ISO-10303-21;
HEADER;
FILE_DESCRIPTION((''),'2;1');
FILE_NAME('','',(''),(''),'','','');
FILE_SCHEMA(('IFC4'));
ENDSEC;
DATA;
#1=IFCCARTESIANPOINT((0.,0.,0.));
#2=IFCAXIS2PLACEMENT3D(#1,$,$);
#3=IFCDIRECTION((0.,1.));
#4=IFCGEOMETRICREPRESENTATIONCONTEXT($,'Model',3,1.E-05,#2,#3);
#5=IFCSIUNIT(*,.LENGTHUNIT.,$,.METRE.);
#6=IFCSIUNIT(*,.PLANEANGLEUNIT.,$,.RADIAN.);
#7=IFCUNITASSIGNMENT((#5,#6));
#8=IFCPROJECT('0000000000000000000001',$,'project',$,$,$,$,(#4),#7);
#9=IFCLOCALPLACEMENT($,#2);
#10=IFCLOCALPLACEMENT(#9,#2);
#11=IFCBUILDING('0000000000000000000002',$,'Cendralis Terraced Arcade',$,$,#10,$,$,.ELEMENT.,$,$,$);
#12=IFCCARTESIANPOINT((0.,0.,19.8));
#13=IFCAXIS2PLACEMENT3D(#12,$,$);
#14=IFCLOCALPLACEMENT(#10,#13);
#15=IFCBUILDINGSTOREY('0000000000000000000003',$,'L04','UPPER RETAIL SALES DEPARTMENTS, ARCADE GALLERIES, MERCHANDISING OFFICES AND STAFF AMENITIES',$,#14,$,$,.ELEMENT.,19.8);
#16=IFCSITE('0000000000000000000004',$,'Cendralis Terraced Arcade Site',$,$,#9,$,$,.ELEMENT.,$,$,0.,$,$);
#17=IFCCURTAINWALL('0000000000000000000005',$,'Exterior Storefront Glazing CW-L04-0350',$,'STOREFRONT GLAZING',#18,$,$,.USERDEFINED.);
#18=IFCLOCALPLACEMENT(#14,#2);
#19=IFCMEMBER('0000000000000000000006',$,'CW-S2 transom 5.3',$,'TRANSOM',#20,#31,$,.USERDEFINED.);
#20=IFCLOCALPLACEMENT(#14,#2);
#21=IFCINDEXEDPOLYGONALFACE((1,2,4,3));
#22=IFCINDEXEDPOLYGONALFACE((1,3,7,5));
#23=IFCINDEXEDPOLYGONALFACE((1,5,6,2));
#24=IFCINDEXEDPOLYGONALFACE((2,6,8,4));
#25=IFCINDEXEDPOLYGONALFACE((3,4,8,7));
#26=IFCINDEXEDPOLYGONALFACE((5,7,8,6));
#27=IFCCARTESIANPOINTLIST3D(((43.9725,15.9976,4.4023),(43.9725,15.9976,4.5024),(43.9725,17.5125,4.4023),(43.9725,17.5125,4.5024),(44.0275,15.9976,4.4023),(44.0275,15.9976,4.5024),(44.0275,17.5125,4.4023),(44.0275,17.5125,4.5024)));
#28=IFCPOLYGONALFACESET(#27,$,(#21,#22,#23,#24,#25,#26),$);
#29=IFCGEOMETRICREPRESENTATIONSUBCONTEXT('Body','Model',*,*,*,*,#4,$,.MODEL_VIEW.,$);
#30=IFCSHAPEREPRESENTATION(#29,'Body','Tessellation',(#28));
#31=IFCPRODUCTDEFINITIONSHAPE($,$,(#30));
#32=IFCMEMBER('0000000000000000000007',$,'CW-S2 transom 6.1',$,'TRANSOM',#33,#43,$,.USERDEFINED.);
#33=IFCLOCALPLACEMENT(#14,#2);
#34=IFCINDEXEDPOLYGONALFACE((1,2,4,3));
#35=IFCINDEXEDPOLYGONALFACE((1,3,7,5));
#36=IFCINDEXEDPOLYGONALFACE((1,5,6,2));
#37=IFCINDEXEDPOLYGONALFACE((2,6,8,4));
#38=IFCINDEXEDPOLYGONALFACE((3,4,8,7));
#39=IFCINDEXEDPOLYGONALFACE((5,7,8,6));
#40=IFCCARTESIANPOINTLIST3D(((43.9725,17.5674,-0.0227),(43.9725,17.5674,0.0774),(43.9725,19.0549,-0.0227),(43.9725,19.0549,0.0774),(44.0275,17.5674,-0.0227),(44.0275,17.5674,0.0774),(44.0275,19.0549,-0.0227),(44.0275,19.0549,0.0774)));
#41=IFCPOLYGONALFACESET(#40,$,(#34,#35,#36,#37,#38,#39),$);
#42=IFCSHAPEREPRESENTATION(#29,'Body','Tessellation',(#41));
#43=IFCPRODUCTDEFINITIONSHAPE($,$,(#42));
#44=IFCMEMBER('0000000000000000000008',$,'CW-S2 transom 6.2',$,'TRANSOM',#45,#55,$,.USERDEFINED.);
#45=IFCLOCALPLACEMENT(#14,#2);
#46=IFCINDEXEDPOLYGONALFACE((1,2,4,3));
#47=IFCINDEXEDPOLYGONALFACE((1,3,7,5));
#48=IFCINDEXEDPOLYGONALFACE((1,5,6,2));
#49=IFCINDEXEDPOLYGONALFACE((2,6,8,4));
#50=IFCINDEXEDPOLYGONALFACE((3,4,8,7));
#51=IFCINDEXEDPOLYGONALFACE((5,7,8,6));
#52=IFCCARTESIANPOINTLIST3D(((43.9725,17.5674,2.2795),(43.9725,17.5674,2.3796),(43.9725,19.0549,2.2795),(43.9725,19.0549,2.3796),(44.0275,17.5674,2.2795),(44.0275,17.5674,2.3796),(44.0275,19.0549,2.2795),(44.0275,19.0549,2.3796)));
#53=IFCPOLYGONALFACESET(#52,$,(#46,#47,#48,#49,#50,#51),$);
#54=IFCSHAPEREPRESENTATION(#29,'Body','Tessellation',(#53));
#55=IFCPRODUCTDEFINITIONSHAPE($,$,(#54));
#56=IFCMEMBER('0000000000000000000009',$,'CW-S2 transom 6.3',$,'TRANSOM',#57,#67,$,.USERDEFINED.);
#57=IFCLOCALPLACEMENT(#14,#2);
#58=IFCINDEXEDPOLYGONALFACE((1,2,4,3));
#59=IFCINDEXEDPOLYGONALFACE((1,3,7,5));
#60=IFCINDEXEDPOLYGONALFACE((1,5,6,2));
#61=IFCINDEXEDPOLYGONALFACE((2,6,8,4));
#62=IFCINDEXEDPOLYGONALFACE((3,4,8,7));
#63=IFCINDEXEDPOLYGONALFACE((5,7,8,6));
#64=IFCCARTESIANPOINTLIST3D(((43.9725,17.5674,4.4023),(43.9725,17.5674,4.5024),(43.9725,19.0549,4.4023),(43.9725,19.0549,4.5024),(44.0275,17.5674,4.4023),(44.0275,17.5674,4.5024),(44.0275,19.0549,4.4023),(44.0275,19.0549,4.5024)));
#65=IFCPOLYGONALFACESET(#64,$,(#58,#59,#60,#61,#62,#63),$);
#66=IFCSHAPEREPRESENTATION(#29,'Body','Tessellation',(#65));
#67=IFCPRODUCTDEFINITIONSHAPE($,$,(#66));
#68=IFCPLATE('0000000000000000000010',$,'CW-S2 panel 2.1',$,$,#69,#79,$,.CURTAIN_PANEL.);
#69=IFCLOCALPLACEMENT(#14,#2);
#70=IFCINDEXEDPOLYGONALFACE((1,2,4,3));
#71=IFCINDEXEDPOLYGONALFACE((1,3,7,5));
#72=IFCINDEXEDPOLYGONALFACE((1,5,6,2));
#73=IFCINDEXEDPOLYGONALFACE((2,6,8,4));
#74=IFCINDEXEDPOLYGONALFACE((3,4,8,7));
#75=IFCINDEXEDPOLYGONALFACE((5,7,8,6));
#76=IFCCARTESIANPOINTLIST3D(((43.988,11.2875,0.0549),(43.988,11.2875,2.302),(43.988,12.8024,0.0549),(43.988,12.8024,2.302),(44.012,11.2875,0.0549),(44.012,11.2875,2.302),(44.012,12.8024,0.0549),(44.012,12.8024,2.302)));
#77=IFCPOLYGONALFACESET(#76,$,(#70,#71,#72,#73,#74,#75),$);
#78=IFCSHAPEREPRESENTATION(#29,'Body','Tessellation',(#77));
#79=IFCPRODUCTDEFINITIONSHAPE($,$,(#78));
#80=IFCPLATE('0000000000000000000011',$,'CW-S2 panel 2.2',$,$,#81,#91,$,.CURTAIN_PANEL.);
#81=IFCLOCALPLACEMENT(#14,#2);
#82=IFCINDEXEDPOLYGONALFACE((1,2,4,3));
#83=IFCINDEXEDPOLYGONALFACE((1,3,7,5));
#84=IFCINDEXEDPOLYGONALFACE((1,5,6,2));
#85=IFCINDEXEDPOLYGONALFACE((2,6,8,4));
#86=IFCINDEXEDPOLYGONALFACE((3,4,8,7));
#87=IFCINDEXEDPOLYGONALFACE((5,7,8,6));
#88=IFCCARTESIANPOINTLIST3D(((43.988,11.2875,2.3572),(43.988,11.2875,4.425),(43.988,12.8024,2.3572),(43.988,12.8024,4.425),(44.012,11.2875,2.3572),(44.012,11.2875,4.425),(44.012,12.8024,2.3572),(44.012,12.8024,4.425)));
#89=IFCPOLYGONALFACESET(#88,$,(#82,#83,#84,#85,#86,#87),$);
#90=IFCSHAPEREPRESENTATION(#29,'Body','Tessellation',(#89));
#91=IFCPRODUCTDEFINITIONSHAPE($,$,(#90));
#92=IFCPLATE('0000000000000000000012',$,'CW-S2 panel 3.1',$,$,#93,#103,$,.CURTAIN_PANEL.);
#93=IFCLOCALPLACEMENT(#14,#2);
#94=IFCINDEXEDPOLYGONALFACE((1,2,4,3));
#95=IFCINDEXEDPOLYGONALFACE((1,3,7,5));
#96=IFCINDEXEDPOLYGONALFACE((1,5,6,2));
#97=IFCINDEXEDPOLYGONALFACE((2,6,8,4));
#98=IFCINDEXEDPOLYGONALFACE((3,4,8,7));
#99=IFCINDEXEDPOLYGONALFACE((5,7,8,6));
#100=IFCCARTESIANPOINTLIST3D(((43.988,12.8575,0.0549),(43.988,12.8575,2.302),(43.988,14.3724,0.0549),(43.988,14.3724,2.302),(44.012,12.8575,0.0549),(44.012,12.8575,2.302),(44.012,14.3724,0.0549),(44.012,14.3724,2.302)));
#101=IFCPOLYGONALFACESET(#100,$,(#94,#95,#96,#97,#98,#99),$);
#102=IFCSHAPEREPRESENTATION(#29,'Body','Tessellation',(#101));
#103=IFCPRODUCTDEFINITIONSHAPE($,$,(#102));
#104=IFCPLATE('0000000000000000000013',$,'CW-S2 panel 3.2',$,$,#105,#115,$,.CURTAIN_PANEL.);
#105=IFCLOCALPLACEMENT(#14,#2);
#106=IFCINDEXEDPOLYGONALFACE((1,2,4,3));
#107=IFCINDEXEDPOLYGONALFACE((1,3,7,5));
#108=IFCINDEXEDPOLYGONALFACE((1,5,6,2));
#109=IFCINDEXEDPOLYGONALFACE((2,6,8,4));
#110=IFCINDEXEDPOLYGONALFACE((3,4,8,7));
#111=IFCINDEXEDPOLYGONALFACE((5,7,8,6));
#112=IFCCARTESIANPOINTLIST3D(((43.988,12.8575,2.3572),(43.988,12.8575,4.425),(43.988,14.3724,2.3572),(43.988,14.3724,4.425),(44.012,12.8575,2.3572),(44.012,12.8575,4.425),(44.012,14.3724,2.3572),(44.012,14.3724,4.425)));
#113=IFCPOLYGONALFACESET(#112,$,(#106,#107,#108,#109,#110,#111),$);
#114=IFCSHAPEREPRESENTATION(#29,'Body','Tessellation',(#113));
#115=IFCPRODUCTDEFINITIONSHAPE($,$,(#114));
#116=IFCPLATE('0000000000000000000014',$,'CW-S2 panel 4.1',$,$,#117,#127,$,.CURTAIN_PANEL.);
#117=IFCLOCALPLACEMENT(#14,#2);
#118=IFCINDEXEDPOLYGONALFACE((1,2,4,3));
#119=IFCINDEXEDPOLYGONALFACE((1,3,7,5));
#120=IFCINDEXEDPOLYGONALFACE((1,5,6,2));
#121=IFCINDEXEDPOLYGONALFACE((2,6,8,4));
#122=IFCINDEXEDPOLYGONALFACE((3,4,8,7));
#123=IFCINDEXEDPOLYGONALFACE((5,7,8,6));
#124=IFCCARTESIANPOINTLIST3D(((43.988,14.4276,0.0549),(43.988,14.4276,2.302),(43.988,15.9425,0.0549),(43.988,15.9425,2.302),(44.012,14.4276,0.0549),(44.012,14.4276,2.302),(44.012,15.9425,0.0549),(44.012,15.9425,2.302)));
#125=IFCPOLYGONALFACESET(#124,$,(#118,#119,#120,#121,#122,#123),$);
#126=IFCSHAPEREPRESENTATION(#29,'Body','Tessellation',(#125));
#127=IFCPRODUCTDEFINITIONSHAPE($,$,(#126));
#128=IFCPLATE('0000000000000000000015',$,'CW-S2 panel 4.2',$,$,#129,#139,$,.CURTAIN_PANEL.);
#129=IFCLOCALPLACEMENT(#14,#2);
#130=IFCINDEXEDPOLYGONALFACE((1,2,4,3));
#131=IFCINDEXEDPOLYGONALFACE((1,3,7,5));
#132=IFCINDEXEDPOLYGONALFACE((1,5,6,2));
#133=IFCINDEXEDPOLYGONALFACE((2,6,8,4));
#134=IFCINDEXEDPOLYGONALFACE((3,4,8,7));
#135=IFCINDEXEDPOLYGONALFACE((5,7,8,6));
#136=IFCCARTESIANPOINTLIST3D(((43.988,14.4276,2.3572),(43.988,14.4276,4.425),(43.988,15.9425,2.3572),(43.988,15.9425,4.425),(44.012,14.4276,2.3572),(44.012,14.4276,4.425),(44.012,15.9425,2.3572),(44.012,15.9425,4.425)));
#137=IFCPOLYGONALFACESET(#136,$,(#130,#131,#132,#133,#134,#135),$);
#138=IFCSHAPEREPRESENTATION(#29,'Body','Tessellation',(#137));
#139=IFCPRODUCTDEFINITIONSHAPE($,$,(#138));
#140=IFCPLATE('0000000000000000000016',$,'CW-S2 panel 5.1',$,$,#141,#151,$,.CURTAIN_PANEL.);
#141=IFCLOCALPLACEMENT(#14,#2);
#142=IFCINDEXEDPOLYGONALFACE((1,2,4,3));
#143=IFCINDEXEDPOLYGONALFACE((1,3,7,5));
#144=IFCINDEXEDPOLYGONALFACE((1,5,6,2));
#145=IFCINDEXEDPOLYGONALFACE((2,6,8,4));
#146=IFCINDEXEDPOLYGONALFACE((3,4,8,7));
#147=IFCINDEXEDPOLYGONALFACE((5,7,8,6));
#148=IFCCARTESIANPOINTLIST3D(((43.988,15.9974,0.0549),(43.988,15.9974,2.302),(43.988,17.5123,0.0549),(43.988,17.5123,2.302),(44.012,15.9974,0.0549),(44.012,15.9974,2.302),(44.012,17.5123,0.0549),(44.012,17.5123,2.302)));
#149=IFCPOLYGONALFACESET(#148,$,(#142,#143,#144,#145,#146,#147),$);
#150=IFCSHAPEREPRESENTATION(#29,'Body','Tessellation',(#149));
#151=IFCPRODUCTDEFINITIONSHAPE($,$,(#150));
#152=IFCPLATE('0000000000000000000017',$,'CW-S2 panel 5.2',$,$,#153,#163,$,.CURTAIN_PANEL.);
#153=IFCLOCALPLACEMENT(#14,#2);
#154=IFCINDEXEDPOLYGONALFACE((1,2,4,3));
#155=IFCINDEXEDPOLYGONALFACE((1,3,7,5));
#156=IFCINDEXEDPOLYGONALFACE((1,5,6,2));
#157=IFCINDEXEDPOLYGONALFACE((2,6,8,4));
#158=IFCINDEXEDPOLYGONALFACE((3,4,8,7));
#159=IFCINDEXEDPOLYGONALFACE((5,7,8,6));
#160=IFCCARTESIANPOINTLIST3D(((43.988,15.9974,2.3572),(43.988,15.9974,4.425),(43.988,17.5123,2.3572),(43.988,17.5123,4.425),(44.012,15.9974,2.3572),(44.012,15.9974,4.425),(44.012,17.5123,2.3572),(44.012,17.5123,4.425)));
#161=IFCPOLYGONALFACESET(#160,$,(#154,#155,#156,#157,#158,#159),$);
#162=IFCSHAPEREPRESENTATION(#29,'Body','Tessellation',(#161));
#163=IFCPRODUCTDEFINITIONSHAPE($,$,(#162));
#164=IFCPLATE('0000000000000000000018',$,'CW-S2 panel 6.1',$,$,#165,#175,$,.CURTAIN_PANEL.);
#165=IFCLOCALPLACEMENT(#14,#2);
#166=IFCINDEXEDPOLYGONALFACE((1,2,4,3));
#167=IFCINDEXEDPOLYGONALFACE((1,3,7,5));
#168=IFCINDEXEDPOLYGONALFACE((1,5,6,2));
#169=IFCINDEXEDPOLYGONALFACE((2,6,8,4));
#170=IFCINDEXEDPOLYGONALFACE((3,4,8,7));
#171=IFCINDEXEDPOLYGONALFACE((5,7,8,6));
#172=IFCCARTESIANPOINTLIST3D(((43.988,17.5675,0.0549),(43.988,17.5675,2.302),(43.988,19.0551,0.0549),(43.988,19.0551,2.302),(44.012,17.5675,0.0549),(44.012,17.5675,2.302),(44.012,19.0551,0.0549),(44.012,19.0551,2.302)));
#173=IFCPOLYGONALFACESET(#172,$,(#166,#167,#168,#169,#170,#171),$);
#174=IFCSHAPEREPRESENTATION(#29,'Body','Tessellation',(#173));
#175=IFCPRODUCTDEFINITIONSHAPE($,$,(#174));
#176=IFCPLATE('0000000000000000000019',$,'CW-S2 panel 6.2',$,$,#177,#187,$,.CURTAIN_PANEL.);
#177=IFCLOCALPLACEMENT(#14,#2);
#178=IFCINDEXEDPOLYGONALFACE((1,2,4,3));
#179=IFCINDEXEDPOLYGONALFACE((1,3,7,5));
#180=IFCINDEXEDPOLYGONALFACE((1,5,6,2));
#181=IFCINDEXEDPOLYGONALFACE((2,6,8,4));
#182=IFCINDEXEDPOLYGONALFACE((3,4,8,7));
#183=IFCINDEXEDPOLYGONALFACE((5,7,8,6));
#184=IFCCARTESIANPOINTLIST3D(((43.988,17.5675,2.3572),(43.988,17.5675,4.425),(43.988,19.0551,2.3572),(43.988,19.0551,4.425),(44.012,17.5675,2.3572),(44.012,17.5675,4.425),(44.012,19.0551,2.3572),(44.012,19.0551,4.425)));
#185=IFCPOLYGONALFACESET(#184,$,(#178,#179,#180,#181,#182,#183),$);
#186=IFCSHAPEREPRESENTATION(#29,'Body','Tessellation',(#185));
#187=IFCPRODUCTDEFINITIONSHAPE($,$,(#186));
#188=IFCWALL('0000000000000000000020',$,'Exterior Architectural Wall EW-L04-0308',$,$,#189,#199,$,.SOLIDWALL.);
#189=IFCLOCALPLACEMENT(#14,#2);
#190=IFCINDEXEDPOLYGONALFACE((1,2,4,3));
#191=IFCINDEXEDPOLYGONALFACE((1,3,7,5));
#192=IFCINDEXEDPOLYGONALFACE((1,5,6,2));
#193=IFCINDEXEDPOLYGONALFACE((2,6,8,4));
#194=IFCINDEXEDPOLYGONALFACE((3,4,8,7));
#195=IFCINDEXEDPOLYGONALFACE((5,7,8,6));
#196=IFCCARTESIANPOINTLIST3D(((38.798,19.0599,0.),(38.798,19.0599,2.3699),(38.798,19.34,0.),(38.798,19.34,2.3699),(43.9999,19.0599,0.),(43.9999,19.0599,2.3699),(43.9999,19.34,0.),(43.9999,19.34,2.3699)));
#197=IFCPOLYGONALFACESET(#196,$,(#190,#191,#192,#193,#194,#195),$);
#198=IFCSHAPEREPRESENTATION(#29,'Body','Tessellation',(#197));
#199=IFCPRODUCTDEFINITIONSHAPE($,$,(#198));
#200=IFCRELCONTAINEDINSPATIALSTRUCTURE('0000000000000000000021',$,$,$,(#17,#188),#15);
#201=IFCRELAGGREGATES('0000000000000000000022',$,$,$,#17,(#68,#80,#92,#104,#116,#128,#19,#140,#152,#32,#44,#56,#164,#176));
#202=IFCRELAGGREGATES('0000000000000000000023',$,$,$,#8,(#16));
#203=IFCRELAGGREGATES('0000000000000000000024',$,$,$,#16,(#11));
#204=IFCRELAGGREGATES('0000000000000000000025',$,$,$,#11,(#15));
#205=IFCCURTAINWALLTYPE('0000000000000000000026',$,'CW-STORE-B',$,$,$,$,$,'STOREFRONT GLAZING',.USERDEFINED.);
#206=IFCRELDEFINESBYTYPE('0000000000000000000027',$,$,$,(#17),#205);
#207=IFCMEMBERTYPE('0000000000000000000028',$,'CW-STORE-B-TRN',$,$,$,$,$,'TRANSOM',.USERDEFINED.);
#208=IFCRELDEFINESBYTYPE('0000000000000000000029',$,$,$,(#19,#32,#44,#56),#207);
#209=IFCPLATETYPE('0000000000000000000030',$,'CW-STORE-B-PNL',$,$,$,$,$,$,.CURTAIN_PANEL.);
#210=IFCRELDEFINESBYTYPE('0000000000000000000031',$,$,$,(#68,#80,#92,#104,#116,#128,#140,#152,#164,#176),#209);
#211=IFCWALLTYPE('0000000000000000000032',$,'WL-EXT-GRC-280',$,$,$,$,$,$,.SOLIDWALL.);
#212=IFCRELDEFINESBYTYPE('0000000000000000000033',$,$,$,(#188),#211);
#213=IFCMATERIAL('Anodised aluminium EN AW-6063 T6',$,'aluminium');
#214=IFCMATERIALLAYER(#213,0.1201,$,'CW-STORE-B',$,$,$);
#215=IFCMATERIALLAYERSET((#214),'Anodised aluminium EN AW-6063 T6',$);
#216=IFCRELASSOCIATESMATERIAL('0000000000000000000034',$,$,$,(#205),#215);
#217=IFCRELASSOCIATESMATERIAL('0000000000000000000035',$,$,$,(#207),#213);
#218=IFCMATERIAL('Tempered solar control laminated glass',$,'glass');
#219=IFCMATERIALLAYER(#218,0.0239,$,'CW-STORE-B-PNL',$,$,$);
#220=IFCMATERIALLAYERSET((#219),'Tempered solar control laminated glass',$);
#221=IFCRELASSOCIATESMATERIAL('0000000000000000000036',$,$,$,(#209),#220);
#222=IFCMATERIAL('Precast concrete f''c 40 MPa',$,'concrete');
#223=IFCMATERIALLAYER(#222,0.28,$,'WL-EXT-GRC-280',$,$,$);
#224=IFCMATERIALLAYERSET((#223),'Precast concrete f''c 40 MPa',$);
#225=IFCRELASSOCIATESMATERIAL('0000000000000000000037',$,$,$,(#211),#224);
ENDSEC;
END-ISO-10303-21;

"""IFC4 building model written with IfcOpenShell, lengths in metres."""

from ifc_helpers import new_model, si_unit, direction, frame, frame_2d, origin, origin_2d, place, context, subcontext, project, spatial, rectangle, extrude, material, layer, layer_set, material_profile, profile_set, type_object, element, aggregate, save


model = new_model("IFC4")

# Units and contexts
model_context = context("Model", 3, precision=1e-05, world=origin(), true_north=direction((0.0, 1.0)))
body_context = subcontext(model_context, "Body", "Model", "MODEL_VIEW")
ifc_project = project(units=[si_unit("LENGTHUNIT", "METRE"), si_unit("PLANEANGLEUNIT", "RADIAN")], contexts=[model_context])

# Site, building, storey
site_placement = place(None, origin())
site = spatial("IfcSite", under=ifc_project, at=site_placement, Name="Cendralis Terraced Arcade Site", CompositionType="ELEMENT", RefElevation=0.0)
building_placement = place(site_placement, origin())
building = spatial("IfcBuilding", under=site, at=building_placement, Name="Cendralis Terraced Arcade", CompositionType="ELEMENT")
storey_placement = place(building_placement, frame((0.0, 0.0, 19.8)))
storey = spatial("IfcBuildingStorey", under=building, at=storey_placement, Name="L04", Description="UPPER RETAIL SALES DEPARTMENTS, ARCADE GALLERIES, MERCHANDISING OFFICES AND STAFF AMENITIES", CompositionType="ELEMENT", Elevation=19.8)

# Curtain wall, members, plates
ifc_material_1 = material(Name="Anodised aluminium EN AW-6063 T6", Category="aluminium")
ifc_layer_1 = layer(ifc_material_1, 0.1201, Name="CW-STORE-B")
ifc_layer_set_1 = layer_set([ifc_layer_1], Name="Anodised aluminium EN AW-6063 T6")
curtain_wall_type = type_object("IfcCurtainWallType", Name="CW-STORE-B", ElementType="STOREFRONT GLAZING", PredefinedType="USERDEFINED", material=ifc_layer_set_1)
curtain_wall_placement = place(storey_placement, origin())
curtain_wall = element("IfcCurtainWall", 1, at=curtain_wall_placement, inside=storey, type_object=curtain_wall_type, Name="Exterior Storefront Glazing CW-L04-0350", ObjectType="STOREFRONT GLAZING", PredefinedType="USERDEFINED")
ifc_material_profile_1 = material_profile(ifc_material_1, rectangle(XDim=0.0549, YDim=0.1001, at=origin_2d()), Name="ALU-TRN-55x100")
ifc_profile_set_1 = profile_set([ifc_material_profile_1], Name="Anodised aluminium EN AW-6063 T6")
member_type_1 = type_object("IfcMemberType", Name="CW-STORE-B-TRN", ElementType="TRANSOM", PredefinedType="USERDEFINED", material=ifc_profile_set_1)
member_1_placement = place(storey_placement, frame((44.0, 15.9976, 4.4524), z_axis=(0.0, 1.0, 0.0), x_axis=(-1.0, 0.0, 0.0)))
member_1 = element("IfcMember", 2, at=member_1_placement, type_object=member_type_1, Name="CW-S2 transom 5.3", ObjectType="TRANSOM", PredefinedType="USERDEFINED", context=body_context, shape_type="SweptSolid", body=[
    extrude(rectangle(XDim=0.0549, YDim=0.1001, at=origin_2d()), origin(), (0.0, 0.0, 1.0), 1.5149),
])
member_2_placement = place(storey_placement, frame((44.0, 17.5674, 0.0273), z_axis=(0.0, 1.0, 0.0), x_axis=(-1.0, 0.0, 0.0)))
member_2 = element("IfcMember", 3, at=member_2_placement, type_object=member_type_1, Name="CW-S2 transom 6.1", ObjectType="TRANSOM", PredefinedType="USERDEFINED", context=body_context, shape_type="SweptSolid", body=[
    extrude(rectangle(XDim=0.0549, YDim=0.1001, at=origin_2d()), origin(), (0.0, 0.0, 1.0), 1.4875),
])
member_3_placement = place(storey_placement, frame((44.0, 17.5674, 2.3296), z_axis=(0.0, 1.0, 0.0), x_axis=(-1.0, 0.0, 0.0)))
member_3 = element("IfcMember", 4, at=member_3_placement, type_object=member_type_1, Name="CW-S2 transom 6.2", ObjectType="TRANSOM", PredefinedType="USERDEFINED", context=body_context, shape_type="SweptSolid", body=[
    extrude(rectangle(XDim=0.0549, YDim=0.1001, at=origin_2d()), origin(), (0.0, 0.0, 1.0), 1.4875),
])
member_4_placement = place(storey_placement, frame((44.0, 17.5674, 4.4524), z_axis=(0.0, 1.0, 0.0), x_axis=(-1.0, 0.0, 0.0)))
member_4 = element("IfcMember", 5, at=member_4_placement, type_object=member_type_1, Name="CW-S2 transom 6.3", ObjectType="TRANSOM", PredefinedType="USERDEFINED", context=body_context, shape_type="SweptSolid", body=[
    extrude(rectangle(XDim=0.0549, YDim=0.1001, at=origin_2d()), origin(), (0.0, 0.0, 1.0), 1.4875),
])
ifc_material_2 = material(Name="Tempered solar control laminated glass", Category="glass")
ifc_layer_2 = layer(ifc_material_2, 0.0239, Name="CW-STORE-B-PNL")
ifc_layer_set_2 = layer_set([ifc_layer_2], Name="Tempered solar control laminated glass")
plate_type = type_object("IfcPlateType", Name="CW-STORE-B-PNL", PredefinedType="CURTAIN_PANEL", material=ifc_layer_set_2)
plate_1_placement = place(storey_placement, frame((44.0, 12.0449, 0.0549), z_axis=(0.0, 0.0, 1.0), x_axis=(0.0, 1.0, 0.0)))
plate_1 = element("IfcPlate", 6, at=plate_1_placement, type_object=plate_type, Name="CW-S2 panel 2.1", PredefinedType="CURTAIN_PANEL", context=body_context, shape_type="SweptSolid", body=[
    extrude(rectangle(XDim=1.5149, YDim=0.0239, at=origin_2d()), origin(), (0.0, 0.0, 1.0), 2.2471),
])
plate_2_placement = place(storey_placement, frame((44.0, 12.0449, 2.3572), z_axis=(0.0, 0.0, 1.0), x_axis=(0.0, 1.0, 0.0)))
plate_2 = element("IfcPlate", 7, at=plate_2_placement, type_object=plate_type, Name="CW-S2 panel 2.2", PredefinedType="CURTAIN_PANEL", context=body_context, shape_type="SweptSolid", body=[
    extrude(rectangle(XDim=1.5149, YDim=0.0239, at=origin_2d()), origin(), (0.0, 0.0, 1.0), 2.0679),
])
plate_3_placement = place(storey_placement, frame((44.0, 13.615, 0.0549), z_axis=(0.0, 0.0, 1.0), x_axis=(0.0, 1.0, 0.0)))
plate_3 = element("IfcPlate", 8, at=plate_3_placement, type_object=plate_type, Name="CW-S2 panel 3.1", PredefinedType="CURTAIN_PANEL", context=body_context, shape_type="SweptSolid", body=[
    extrude(rectangle(XDim=1.5149, YDim=0.0239, at=origin_2d()), origin(), (0.0, 0.0, 1.0), 2.2471),
])
plate_4_placement = place(storey_placement, frame((44.0, 13.615, 2.3572), z_axis=(0.0, 0.0, 1.0), x_axis=(0.0, 1.0, 0.0)))
plate_4 = element("IfcPlate", 9, at=plate_4_placement, type_object=plate_type, Name="CW-S2 panel 3.2", PredefinedType="CURTAIN_PANEL", context=body_context, shape_type="SweptSolid", body=[
    extrude(rectangle(XDim=1.5149, YDim=0.0239, at=origin_2d()), origin(), (0.0, 0.0, 1.0), 2.0679),
])
plate_5_placement = place(storey_placement, frame((44.0, 15.1851, 0.0549), z_axis=(0.0, 0.0, 1.0), x_axis=(0.0, 1.0, 0.0)))
plate_5 = element("IfcPlate", 10, at=plate_5_placement, type_object=plate_type, Name="CW-S2 panel 4.1", PredefinedType="CURTAIN_PANEL", context=body_context, shape_type="SweptSolid", body=[
    extrude(rectangle(XDim=1.5149, YDim=0.0239, at=origin_2d()), origin(), (0.0, 0.0, 1.0), 2.2471),
])
plate_6_placement = place(storey_placement, frame((44.0, 15.1851, 2.3572), z_axis=(0.0, 0.0, 1.0), x_axis=(0.0, 1.0, 0.0)))
plate_6 = element("IfcPlate", 11, at=plate_6_placement, type_object=plate_type, Name="CW-S2 panel 4.2", PredefinedType="CURTAIN_PANEL", context=body_context, shape_type="SweptSolid", body=[
    extrude(rectangle(XDim=1.5149, YDim=0.0239, at=origin_2d()), origin(), (0.0, 0.0, 1.0), 2.0679),
])
plate_7_placement = place(storey_placement, frame((44.0, 16.7549, 0.0549), z_axis=(0.0, 0.0, 1.0), x_axis=(0.0, 1.0, 0.0)))
plate_7 = element("IfcPlate", 12, at=plate_7_placement, type_object=plate_type, Name="CW-S2 panel 5.1", PredefinedType="CURTAIN_PANEL", context=body_context, shape_type="SweptSolid", body=[
    extrude(rectangle(XDim=1.5149, YDim=0.0239, at=origin_2d()), origin(), (0.0, 0.0, 1.0), 2.2471),
])
plate_8_placement = place(storey_placement, frame((44.0, 16.7549, 2.3572), z_axis=(0.0, 0.0, 1.0), x_axis=(0.0, 1.0, 0.0)))
plate_8 = element("IfcPlate", 13, at=plate_8_placement, type_object=plate_type, Name="CW-S2 panel 5.2", PredefinedType="CURTAIN_PANEL", context=body_context, shape_type="SweptSolid", body=[
    extrude(rectangle(XDim=1.5149, YDim=0.0239, at=origin_2d()), origin(), (0.0, 0.0, 1.0), 2.0679),
])
plate_9_placement = place(storey_placement, frame((44.0, 18.3113, 0.0549), z_axis=(0.0, 0.0, 1.0), x_axis=(0.0, 1.0, 0.0)))
plate_9 = element("IfcPlate", 14, at=plate_9_placement, type_object=plate_type, Name="CW-S2 panel 6.1", PredefinedType="CURTAIN_PANEL", context=body_context, shape_type="SweptSolid", body=[
    extrude(rectangle(XDim=1.4875, YDim=0.0239, at=origin_2d()), origin(), (0.0, 0.0, 1.0), 2.2471),
])
plate_10_placement = place(storey_placement, frame((44.0, 18.3113, 2.3572), z_axis=(0.0, 0.0, 1.0), x_axis=(0.0, 1.0, 0.0)))
plate_10 = element("IfcPlate", 15, at=plate_10_placement, type_object=plate_type, Name="CW-S2 panel 6.2", PredefinedType="CURTAIN_PANEL", context=body_context, shape_type="SweptSolid", body=[
    extrude(rectangle(XDim=1.4875, YDim=0.0239, at=origin_2d()), origin(), (0.0, 0.0, 1.0), 2.0679),
])
aggregate(curtain_wall, [plate_1, plate_2, plate_3, plate_4, plate_5, plate_6, member_1, plate_7, plate_8, member_2, member_3, member_4, plate_9, plate_10])

# Wall
ifc_material_3 = material(Name="Precast concrete f'c 40 MPa", Category="concrete")
ifc_layer_3 = layer(ifc_material_3, 0.28, Name="WL-EXT-GRC-280")
ifc_layer_set_3 = layer_set([ifc_layer_3], Name="Precast concrete f'c 40 MPa")
wall_type = type_object("IfcWallType", Name="WL-EXT-GRC-280", PredefinedType="SOLIDWALL", material=ifc_layer_set_3)
wall_1_placement = place(storey_placement, frame((44.0, 19.2, 0.0), z_axis=(0.0, 0.0, 1.0), x_axis=(-1.0, 0.0, 0.0)))
element("IfcWall", 16, at=wall_1_placement, inside=storey, type_object=wall_type, Name="Exterior Architectural Wall EW-L04-0308", PredefinedType="SOLIDWALL", context=body_context, shape_type="SweptSolid", body=[
    extrude(rectangle(XDim=5.2019, YDim=0.28, at=frame_2d((2.6011, 0.0))), origin(), (0.0, 0.0, 1.0), 2.3699),
])

save(model, "model.ifc")
